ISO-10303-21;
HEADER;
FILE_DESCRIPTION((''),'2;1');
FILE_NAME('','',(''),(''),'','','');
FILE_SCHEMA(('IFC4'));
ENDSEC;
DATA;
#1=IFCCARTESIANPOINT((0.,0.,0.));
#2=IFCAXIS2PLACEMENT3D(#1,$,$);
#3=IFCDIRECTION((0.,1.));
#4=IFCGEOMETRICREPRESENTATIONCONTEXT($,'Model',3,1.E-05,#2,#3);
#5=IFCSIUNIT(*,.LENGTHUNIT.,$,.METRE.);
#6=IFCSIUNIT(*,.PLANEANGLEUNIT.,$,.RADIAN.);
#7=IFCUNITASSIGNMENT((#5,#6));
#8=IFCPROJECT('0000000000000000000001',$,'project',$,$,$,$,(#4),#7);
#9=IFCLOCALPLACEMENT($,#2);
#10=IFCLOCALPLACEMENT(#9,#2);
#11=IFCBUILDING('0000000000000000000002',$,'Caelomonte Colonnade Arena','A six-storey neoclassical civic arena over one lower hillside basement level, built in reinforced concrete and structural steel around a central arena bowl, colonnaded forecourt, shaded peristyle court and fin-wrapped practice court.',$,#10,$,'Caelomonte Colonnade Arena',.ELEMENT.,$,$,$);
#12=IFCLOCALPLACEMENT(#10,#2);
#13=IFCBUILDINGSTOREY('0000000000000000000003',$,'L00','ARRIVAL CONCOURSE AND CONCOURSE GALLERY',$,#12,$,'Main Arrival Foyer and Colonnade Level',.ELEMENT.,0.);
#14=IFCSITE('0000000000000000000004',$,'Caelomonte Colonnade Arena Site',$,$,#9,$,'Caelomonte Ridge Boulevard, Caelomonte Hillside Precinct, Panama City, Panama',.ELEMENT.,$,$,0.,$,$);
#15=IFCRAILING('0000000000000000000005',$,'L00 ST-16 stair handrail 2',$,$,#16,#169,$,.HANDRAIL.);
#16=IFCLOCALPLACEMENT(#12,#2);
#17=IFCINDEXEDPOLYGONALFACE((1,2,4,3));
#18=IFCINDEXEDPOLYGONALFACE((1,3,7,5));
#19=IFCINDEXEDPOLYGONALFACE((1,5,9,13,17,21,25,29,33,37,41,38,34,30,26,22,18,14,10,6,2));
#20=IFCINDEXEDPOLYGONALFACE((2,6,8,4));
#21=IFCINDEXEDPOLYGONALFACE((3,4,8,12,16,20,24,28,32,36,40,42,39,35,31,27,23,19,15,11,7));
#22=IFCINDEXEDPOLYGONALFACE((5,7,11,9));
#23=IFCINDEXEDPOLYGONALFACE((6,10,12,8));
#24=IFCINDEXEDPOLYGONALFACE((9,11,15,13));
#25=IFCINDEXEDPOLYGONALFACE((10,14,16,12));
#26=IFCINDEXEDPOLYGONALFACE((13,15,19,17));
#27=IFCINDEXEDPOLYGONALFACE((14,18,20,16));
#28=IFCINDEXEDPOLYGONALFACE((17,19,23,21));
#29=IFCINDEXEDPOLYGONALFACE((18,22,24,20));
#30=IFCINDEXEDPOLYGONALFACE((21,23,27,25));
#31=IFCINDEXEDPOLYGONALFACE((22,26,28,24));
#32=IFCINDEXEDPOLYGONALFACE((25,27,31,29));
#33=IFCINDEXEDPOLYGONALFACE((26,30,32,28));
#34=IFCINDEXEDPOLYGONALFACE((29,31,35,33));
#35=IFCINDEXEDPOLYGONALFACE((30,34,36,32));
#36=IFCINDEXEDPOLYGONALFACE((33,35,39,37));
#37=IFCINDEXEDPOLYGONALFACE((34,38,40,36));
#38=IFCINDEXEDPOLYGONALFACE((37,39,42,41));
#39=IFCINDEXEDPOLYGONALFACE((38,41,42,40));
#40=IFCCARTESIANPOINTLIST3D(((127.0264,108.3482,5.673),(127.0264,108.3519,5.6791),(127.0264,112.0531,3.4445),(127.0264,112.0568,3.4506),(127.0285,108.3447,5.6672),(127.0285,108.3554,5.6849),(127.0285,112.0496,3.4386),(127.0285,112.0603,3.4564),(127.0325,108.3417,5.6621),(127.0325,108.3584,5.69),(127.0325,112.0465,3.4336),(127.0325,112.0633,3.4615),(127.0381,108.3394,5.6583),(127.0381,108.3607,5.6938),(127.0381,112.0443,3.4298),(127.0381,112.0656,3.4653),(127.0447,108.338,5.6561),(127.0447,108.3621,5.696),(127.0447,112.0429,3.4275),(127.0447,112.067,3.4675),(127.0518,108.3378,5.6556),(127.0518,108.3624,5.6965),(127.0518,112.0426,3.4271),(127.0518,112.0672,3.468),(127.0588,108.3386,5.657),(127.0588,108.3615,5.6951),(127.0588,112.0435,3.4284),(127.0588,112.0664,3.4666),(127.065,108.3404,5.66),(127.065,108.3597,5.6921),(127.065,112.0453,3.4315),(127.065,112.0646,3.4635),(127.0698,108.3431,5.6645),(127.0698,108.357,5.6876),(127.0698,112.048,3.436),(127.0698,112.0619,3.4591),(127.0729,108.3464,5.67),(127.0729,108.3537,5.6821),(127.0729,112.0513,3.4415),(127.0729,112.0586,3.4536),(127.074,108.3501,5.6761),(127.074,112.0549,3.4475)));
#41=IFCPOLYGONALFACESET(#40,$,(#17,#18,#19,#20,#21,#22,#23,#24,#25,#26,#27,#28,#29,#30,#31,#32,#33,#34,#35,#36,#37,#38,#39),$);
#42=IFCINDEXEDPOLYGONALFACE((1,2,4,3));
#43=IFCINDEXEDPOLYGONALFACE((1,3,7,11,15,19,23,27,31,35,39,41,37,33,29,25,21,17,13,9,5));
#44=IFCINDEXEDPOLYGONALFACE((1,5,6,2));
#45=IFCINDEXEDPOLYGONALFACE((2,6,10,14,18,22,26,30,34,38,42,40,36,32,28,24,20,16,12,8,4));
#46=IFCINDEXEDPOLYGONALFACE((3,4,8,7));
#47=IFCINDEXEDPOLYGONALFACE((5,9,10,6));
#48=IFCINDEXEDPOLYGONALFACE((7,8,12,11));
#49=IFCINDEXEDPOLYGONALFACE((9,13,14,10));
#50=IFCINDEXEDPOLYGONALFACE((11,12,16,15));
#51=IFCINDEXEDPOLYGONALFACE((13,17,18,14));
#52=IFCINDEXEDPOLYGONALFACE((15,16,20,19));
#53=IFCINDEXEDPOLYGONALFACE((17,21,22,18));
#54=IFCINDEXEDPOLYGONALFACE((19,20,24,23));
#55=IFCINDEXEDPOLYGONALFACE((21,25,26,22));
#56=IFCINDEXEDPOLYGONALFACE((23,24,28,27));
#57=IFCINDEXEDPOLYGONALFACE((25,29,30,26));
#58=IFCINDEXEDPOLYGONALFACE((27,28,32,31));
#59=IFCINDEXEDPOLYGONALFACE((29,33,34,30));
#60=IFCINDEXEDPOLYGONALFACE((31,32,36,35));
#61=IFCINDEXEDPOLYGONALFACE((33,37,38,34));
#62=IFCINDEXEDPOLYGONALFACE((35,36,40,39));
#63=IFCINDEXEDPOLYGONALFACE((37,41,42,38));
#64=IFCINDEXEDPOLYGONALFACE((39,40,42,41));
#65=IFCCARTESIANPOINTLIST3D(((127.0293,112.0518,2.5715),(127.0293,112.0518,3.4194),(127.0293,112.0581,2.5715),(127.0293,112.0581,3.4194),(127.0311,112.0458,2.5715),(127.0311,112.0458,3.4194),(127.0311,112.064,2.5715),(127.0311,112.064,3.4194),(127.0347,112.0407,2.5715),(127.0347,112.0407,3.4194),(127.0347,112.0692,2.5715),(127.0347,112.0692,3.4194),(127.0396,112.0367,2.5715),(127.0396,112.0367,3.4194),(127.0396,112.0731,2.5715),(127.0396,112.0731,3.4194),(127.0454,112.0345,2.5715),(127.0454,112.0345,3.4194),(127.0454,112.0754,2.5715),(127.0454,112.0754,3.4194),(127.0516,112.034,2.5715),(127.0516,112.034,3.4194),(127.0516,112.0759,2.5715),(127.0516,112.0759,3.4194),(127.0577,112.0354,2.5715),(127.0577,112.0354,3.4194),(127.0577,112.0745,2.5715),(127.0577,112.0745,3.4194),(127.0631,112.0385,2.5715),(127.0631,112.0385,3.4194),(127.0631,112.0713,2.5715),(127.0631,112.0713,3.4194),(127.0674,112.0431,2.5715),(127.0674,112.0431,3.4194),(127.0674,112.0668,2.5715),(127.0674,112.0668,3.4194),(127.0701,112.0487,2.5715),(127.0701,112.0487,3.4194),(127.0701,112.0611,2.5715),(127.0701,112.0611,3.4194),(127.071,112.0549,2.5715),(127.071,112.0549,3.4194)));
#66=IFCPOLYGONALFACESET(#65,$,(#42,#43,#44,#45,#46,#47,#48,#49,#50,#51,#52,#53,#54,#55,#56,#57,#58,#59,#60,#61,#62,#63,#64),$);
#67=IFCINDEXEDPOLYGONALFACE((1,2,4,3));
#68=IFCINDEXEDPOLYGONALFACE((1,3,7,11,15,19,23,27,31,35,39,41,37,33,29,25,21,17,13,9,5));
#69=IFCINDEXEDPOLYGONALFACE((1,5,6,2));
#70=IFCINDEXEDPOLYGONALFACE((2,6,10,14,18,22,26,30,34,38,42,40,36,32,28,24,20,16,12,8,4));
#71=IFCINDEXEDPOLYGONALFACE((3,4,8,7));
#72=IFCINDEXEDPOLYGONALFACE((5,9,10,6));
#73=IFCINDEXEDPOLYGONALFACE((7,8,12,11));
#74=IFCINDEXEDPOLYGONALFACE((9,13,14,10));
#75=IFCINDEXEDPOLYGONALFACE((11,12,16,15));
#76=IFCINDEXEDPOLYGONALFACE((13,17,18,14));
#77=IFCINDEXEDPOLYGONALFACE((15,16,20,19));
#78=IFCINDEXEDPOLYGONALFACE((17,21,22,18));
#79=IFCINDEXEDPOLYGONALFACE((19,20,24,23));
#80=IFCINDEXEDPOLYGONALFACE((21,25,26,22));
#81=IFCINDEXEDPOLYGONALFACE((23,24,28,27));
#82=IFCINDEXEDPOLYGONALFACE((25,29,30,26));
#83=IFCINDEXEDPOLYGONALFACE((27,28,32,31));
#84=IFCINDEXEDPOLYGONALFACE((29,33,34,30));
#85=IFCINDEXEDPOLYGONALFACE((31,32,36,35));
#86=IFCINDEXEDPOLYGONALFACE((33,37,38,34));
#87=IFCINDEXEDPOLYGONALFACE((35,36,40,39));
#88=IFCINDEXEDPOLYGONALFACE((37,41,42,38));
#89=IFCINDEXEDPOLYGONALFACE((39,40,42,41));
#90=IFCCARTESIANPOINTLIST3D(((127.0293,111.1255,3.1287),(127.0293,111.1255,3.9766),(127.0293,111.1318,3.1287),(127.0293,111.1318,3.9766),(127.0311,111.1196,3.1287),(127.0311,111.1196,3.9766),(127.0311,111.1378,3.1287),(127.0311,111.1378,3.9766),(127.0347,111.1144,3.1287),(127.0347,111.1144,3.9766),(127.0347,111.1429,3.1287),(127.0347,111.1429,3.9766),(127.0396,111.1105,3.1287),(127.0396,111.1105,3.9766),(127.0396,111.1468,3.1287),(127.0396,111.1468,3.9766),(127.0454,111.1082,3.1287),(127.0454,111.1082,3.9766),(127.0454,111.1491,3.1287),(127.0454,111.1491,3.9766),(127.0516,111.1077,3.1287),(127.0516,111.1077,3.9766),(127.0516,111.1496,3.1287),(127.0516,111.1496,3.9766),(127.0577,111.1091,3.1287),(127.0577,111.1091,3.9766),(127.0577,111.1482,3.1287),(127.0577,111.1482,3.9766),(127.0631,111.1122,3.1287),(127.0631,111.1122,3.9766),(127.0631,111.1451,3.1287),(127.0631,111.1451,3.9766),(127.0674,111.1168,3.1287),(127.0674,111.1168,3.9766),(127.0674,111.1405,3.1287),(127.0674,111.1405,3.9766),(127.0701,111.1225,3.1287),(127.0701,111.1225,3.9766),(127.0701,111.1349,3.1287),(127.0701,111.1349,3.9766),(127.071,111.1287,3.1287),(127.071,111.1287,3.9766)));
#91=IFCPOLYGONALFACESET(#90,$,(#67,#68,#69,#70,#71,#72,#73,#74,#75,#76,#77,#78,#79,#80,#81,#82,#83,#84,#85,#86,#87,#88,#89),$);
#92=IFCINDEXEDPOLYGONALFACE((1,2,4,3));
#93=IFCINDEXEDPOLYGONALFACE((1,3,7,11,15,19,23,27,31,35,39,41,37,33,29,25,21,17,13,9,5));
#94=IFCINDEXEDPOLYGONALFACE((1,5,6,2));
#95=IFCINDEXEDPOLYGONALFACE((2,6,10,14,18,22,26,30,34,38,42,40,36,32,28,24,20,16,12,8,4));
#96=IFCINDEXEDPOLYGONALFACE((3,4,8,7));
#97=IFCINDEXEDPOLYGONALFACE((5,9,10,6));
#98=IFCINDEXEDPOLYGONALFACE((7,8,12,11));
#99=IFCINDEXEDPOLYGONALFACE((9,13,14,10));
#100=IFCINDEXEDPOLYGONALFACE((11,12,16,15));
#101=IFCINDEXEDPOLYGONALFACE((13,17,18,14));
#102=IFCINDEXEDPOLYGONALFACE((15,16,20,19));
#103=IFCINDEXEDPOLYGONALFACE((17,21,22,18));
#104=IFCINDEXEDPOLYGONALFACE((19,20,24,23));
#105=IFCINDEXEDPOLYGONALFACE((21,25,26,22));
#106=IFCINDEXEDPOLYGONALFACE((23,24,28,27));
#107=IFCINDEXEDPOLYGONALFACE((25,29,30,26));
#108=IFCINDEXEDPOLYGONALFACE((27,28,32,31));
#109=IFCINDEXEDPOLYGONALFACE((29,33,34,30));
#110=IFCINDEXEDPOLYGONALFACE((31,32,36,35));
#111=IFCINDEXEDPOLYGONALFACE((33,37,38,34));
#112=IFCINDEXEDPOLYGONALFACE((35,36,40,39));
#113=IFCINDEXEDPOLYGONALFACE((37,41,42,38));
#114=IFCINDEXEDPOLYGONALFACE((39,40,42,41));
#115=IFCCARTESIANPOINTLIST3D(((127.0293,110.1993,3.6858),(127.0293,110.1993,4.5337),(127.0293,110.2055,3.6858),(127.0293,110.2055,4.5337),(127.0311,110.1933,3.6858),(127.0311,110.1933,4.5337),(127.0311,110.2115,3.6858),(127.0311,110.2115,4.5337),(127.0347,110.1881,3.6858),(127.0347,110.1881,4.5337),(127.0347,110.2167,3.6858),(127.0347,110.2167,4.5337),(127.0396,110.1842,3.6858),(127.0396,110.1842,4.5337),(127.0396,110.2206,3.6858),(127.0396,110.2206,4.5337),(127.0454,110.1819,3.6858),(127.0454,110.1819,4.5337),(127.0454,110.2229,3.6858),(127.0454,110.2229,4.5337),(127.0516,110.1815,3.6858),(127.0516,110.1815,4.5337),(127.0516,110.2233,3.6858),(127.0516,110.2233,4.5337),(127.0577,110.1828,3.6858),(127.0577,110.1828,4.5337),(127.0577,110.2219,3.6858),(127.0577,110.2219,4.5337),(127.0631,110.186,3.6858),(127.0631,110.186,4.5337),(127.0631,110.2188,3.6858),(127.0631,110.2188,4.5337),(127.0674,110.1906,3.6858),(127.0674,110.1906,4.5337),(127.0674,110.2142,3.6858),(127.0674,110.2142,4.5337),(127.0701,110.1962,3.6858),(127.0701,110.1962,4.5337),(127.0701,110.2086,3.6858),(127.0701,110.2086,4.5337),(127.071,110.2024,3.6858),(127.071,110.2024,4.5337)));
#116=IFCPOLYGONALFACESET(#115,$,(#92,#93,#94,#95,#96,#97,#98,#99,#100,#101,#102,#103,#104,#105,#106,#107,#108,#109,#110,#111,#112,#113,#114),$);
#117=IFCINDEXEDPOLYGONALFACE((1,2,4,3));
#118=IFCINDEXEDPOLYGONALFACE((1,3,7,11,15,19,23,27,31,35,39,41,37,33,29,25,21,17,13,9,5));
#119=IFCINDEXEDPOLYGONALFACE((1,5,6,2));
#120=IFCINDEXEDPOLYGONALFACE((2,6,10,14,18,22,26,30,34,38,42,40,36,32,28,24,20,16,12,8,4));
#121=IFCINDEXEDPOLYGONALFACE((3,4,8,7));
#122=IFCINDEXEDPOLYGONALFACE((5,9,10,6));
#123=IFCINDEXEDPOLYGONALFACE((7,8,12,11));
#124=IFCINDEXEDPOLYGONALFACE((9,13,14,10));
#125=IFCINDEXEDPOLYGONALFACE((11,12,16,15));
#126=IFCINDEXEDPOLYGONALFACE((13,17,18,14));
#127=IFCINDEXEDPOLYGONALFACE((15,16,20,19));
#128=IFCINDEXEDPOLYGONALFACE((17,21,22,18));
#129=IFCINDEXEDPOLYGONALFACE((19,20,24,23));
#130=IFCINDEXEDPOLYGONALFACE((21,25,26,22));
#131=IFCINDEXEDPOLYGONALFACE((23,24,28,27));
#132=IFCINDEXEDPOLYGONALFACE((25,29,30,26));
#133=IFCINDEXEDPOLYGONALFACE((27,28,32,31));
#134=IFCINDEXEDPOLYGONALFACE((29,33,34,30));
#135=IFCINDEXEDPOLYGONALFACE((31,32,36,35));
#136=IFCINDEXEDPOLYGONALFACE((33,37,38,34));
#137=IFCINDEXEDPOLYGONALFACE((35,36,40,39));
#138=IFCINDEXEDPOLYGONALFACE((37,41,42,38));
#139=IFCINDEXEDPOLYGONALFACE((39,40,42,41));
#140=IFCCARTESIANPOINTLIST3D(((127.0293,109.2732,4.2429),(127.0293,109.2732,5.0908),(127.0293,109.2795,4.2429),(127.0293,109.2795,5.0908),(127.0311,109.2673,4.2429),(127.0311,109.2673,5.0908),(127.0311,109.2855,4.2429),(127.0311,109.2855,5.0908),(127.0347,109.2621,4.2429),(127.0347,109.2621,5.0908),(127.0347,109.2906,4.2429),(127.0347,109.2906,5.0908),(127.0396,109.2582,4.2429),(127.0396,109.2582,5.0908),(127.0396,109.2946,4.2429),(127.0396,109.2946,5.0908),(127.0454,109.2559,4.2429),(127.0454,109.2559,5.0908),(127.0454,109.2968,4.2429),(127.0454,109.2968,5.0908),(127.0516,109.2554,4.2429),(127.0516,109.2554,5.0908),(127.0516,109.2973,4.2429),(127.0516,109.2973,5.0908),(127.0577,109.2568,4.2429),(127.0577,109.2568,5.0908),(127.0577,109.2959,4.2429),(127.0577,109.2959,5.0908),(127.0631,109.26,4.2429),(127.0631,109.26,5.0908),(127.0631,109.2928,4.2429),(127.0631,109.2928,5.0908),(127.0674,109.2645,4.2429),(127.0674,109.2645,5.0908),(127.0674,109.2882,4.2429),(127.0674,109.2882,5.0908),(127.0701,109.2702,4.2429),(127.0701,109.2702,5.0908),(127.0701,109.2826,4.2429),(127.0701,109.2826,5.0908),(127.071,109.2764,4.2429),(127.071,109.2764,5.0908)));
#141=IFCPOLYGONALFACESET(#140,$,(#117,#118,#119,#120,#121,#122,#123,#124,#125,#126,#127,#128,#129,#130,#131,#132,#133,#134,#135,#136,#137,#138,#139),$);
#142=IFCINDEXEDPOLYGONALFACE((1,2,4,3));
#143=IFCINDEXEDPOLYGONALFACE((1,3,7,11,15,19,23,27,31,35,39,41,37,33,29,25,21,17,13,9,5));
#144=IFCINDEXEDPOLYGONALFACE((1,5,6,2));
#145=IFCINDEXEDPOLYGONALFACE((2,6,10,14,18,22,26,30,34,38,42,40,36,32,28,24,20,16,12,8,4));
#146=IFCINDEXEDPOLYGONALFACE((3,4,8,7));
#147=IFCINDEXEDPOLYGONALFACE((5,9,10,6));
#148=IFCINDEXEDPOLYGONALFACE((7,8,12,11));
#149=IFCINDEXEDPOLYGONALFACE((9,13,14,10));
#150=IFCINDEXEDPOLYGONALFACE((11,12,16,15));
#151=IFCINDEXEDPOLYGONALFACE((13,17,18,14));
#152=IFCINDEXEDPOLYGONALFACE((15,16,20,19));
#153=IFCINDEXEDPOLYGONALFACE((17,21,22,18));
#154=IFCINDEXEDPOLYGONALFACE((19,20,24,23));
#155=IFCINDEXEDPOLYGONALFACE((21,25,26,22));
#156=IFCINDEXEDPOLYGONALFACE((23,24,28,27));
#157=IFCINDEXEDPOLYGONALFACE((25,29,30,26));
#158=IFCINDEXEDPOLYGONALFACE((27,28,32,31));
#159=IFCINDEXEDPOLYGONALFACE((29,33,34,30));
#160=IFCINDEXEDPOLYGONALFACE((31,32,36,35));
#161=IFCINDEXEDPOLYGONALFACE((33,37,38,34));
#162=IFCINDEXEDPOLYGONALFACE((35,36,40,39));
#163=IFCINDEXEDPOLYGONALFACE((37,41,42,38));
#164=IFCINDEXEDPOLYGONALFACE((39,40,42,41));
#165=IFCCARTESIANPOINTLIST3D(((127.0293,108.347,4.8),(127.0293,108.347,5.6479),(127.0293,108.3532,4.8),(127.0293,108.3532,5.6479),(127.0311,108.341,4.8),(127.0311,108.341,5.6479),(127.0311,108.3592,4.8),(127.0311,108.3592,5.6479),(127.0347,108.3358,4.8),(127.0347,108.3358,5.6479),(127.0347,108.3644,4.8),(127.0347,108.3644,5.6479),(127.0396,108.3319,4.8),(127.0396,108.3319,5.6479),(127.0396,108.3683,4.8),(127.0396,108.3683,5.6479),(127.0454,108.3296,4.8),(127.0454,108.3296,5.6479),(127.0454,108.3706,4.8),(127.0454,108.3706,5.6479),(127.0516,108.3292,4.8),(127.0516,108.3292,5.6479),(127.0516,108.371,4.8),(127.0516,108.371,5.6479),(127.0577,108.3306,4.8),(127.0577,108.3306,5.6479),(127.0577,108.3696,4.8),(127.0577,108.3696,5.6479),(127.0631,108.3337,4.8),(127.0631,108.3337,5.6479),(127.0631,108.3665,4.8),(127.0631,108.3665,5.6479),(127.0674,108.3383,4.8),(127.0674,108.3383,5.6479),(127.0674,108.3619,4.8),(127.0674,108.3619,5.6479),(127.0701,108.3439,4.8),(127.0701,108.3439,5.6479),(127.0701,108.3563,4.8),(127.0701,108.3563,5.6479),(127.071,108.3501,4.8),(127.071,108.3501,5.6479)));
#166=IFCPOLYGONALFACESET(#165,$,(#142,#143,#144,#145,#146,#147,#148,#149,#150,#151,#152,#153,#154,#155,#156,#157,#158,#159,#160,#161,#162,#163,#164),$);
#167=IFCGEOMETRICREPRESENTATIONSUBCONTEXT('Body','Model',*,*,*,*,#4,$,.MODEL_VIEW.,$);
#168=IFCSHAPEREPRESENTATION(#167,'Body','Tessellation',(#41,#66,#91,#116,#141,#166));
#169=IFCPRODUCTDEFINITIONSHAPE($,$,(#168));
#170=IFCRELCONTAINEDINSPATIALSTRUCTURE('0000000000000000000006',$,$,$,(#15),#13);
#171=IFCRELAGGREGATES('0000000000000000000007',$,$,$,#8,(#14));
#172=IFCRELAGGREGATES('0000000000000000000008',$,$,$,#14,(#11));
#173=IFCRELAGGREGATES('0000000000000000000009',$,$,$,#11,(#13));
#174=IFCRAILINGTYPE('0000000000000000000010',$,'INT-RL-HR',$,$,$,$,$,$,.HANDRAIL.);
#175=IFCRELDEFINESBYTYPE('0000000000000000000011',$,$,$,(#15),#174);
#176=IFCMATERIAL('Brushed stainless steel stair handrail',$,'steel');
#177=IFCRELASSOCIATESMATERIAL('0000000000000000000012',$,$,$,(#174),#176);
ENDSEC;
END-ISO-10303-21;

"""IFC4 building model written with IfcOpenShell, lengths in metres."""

from ifc_helpers import new_model, si_unit, direction, frame, origin, origin_2d, place, context, subcontext, project, spatial, circle, extrude, material, type_object, element, save


model = new_model("IFC4")

# Units and contexts
model_context = context("Model", 3, precision=1e-05, world=origin(), true_north=direction((0.0, 1.0)))
body_context = subcontext(model_context, "Body", "Model", "MODEL_VIEW")
ifc_project = project(units=[si_unit("LENGTHUNIT", "METRE"), si_unit("PLANEANGLEUNIT", "RADIAN")], contexts=[model_context])

# Site, building, storey
site_placement = place(None, origin())
site = spatial("IfcSite", under=ifc_project, at=site_placement, Name="Caelomonte Colonnade Arena Site", LongName="Caelomonte Ridge Boulevard, Caelomonte Hillside Precinct, Panama City, Panama", CompositionType="ELEMENT", RefElevation=0.0)
building_placement = place(site_placement, origin())
building = spatial("IfcBuilding", under=site, at=building_placement, Name="Caelomonte Colonnade Arena", Description="A six-storey neoclassical civic arena over one lower hillside basement level, built in reinforced concrete and structural steel around a central arena bowl, colonnaded forecourt, shaded peristyle court and fin-wrapped practice court.", LongName="Caelomonte Colonnade Arena", CompositionType="ELEMENT")
storey_placement = place(building_placement, origin())
storey = spatial("IfcBuildingStorey", under=building, at=storey_placement, Name="L00", Description="ARRIVAL CONCOURSE AND CONCOURSE GALLERY", LongName="Main Arrival Foyer and Colonnade Level", CompositionType="ELEMENT", Elevation=0.0)

# Railing
ifc_material_1 = material(Name="Brushed stainless steel stair handrail", Category="steel")
railing_type_1 = type_object("IfcRailingType", Name="INT-RL-HR", PredefinedType="HANDRAIL", material=ifc_material_1)
railing_1_placement = place(storey_placement, frame((127.05, 112.0549, 2.5715)))
element("IfcRailing", 1, at=railing_1_placement, inside=storey, type_object=railing_type_1, Name="L00 ST-16 stair handrail 2", PredefinedType="HANDRAIL", context=body_context, shape_type="SweptSolid", body=[
    extrude(circle(Radius=0.0239, at=origin_2d()), frame((0.0, 0.0, 0.876), z_axis=(0.0, -0.856919, 0.51545), x_axis=(1.0, 0.0, 0.0)), (0.0, 0.0, 1.0), 4.3235),
    extrude(circle(Radius=0.021, at=origin_2d()), origin(), (0.0, 0.0, 1.0), 0.8479),
    extrude(circle(Radius=0.021, at=origin_2d()), frame((0.0, -0.9263, 0.5571)), (0.0, 0.0, 1.0), 0.8479),
    extrude(circle(Radius=0.021, at=origin_2d()), frame((0.0, -1.8525, 1.1143)), (0.0, 0.0, 1.0), 0.8479),
    extrude(circle(Radius=0.021, at=origin_2d()), frame((0.0, -2.7786, 1.6714)), (0.0, 0.0, 1.0), 0.8479),
    extrude(circle(Radius=0.021, at=origin_2d()), frame((0.0, -3.7048, 2.2285)), (0.0, 0.0, 1.0), 0.8479),
])

save(model, "model.ifc")
